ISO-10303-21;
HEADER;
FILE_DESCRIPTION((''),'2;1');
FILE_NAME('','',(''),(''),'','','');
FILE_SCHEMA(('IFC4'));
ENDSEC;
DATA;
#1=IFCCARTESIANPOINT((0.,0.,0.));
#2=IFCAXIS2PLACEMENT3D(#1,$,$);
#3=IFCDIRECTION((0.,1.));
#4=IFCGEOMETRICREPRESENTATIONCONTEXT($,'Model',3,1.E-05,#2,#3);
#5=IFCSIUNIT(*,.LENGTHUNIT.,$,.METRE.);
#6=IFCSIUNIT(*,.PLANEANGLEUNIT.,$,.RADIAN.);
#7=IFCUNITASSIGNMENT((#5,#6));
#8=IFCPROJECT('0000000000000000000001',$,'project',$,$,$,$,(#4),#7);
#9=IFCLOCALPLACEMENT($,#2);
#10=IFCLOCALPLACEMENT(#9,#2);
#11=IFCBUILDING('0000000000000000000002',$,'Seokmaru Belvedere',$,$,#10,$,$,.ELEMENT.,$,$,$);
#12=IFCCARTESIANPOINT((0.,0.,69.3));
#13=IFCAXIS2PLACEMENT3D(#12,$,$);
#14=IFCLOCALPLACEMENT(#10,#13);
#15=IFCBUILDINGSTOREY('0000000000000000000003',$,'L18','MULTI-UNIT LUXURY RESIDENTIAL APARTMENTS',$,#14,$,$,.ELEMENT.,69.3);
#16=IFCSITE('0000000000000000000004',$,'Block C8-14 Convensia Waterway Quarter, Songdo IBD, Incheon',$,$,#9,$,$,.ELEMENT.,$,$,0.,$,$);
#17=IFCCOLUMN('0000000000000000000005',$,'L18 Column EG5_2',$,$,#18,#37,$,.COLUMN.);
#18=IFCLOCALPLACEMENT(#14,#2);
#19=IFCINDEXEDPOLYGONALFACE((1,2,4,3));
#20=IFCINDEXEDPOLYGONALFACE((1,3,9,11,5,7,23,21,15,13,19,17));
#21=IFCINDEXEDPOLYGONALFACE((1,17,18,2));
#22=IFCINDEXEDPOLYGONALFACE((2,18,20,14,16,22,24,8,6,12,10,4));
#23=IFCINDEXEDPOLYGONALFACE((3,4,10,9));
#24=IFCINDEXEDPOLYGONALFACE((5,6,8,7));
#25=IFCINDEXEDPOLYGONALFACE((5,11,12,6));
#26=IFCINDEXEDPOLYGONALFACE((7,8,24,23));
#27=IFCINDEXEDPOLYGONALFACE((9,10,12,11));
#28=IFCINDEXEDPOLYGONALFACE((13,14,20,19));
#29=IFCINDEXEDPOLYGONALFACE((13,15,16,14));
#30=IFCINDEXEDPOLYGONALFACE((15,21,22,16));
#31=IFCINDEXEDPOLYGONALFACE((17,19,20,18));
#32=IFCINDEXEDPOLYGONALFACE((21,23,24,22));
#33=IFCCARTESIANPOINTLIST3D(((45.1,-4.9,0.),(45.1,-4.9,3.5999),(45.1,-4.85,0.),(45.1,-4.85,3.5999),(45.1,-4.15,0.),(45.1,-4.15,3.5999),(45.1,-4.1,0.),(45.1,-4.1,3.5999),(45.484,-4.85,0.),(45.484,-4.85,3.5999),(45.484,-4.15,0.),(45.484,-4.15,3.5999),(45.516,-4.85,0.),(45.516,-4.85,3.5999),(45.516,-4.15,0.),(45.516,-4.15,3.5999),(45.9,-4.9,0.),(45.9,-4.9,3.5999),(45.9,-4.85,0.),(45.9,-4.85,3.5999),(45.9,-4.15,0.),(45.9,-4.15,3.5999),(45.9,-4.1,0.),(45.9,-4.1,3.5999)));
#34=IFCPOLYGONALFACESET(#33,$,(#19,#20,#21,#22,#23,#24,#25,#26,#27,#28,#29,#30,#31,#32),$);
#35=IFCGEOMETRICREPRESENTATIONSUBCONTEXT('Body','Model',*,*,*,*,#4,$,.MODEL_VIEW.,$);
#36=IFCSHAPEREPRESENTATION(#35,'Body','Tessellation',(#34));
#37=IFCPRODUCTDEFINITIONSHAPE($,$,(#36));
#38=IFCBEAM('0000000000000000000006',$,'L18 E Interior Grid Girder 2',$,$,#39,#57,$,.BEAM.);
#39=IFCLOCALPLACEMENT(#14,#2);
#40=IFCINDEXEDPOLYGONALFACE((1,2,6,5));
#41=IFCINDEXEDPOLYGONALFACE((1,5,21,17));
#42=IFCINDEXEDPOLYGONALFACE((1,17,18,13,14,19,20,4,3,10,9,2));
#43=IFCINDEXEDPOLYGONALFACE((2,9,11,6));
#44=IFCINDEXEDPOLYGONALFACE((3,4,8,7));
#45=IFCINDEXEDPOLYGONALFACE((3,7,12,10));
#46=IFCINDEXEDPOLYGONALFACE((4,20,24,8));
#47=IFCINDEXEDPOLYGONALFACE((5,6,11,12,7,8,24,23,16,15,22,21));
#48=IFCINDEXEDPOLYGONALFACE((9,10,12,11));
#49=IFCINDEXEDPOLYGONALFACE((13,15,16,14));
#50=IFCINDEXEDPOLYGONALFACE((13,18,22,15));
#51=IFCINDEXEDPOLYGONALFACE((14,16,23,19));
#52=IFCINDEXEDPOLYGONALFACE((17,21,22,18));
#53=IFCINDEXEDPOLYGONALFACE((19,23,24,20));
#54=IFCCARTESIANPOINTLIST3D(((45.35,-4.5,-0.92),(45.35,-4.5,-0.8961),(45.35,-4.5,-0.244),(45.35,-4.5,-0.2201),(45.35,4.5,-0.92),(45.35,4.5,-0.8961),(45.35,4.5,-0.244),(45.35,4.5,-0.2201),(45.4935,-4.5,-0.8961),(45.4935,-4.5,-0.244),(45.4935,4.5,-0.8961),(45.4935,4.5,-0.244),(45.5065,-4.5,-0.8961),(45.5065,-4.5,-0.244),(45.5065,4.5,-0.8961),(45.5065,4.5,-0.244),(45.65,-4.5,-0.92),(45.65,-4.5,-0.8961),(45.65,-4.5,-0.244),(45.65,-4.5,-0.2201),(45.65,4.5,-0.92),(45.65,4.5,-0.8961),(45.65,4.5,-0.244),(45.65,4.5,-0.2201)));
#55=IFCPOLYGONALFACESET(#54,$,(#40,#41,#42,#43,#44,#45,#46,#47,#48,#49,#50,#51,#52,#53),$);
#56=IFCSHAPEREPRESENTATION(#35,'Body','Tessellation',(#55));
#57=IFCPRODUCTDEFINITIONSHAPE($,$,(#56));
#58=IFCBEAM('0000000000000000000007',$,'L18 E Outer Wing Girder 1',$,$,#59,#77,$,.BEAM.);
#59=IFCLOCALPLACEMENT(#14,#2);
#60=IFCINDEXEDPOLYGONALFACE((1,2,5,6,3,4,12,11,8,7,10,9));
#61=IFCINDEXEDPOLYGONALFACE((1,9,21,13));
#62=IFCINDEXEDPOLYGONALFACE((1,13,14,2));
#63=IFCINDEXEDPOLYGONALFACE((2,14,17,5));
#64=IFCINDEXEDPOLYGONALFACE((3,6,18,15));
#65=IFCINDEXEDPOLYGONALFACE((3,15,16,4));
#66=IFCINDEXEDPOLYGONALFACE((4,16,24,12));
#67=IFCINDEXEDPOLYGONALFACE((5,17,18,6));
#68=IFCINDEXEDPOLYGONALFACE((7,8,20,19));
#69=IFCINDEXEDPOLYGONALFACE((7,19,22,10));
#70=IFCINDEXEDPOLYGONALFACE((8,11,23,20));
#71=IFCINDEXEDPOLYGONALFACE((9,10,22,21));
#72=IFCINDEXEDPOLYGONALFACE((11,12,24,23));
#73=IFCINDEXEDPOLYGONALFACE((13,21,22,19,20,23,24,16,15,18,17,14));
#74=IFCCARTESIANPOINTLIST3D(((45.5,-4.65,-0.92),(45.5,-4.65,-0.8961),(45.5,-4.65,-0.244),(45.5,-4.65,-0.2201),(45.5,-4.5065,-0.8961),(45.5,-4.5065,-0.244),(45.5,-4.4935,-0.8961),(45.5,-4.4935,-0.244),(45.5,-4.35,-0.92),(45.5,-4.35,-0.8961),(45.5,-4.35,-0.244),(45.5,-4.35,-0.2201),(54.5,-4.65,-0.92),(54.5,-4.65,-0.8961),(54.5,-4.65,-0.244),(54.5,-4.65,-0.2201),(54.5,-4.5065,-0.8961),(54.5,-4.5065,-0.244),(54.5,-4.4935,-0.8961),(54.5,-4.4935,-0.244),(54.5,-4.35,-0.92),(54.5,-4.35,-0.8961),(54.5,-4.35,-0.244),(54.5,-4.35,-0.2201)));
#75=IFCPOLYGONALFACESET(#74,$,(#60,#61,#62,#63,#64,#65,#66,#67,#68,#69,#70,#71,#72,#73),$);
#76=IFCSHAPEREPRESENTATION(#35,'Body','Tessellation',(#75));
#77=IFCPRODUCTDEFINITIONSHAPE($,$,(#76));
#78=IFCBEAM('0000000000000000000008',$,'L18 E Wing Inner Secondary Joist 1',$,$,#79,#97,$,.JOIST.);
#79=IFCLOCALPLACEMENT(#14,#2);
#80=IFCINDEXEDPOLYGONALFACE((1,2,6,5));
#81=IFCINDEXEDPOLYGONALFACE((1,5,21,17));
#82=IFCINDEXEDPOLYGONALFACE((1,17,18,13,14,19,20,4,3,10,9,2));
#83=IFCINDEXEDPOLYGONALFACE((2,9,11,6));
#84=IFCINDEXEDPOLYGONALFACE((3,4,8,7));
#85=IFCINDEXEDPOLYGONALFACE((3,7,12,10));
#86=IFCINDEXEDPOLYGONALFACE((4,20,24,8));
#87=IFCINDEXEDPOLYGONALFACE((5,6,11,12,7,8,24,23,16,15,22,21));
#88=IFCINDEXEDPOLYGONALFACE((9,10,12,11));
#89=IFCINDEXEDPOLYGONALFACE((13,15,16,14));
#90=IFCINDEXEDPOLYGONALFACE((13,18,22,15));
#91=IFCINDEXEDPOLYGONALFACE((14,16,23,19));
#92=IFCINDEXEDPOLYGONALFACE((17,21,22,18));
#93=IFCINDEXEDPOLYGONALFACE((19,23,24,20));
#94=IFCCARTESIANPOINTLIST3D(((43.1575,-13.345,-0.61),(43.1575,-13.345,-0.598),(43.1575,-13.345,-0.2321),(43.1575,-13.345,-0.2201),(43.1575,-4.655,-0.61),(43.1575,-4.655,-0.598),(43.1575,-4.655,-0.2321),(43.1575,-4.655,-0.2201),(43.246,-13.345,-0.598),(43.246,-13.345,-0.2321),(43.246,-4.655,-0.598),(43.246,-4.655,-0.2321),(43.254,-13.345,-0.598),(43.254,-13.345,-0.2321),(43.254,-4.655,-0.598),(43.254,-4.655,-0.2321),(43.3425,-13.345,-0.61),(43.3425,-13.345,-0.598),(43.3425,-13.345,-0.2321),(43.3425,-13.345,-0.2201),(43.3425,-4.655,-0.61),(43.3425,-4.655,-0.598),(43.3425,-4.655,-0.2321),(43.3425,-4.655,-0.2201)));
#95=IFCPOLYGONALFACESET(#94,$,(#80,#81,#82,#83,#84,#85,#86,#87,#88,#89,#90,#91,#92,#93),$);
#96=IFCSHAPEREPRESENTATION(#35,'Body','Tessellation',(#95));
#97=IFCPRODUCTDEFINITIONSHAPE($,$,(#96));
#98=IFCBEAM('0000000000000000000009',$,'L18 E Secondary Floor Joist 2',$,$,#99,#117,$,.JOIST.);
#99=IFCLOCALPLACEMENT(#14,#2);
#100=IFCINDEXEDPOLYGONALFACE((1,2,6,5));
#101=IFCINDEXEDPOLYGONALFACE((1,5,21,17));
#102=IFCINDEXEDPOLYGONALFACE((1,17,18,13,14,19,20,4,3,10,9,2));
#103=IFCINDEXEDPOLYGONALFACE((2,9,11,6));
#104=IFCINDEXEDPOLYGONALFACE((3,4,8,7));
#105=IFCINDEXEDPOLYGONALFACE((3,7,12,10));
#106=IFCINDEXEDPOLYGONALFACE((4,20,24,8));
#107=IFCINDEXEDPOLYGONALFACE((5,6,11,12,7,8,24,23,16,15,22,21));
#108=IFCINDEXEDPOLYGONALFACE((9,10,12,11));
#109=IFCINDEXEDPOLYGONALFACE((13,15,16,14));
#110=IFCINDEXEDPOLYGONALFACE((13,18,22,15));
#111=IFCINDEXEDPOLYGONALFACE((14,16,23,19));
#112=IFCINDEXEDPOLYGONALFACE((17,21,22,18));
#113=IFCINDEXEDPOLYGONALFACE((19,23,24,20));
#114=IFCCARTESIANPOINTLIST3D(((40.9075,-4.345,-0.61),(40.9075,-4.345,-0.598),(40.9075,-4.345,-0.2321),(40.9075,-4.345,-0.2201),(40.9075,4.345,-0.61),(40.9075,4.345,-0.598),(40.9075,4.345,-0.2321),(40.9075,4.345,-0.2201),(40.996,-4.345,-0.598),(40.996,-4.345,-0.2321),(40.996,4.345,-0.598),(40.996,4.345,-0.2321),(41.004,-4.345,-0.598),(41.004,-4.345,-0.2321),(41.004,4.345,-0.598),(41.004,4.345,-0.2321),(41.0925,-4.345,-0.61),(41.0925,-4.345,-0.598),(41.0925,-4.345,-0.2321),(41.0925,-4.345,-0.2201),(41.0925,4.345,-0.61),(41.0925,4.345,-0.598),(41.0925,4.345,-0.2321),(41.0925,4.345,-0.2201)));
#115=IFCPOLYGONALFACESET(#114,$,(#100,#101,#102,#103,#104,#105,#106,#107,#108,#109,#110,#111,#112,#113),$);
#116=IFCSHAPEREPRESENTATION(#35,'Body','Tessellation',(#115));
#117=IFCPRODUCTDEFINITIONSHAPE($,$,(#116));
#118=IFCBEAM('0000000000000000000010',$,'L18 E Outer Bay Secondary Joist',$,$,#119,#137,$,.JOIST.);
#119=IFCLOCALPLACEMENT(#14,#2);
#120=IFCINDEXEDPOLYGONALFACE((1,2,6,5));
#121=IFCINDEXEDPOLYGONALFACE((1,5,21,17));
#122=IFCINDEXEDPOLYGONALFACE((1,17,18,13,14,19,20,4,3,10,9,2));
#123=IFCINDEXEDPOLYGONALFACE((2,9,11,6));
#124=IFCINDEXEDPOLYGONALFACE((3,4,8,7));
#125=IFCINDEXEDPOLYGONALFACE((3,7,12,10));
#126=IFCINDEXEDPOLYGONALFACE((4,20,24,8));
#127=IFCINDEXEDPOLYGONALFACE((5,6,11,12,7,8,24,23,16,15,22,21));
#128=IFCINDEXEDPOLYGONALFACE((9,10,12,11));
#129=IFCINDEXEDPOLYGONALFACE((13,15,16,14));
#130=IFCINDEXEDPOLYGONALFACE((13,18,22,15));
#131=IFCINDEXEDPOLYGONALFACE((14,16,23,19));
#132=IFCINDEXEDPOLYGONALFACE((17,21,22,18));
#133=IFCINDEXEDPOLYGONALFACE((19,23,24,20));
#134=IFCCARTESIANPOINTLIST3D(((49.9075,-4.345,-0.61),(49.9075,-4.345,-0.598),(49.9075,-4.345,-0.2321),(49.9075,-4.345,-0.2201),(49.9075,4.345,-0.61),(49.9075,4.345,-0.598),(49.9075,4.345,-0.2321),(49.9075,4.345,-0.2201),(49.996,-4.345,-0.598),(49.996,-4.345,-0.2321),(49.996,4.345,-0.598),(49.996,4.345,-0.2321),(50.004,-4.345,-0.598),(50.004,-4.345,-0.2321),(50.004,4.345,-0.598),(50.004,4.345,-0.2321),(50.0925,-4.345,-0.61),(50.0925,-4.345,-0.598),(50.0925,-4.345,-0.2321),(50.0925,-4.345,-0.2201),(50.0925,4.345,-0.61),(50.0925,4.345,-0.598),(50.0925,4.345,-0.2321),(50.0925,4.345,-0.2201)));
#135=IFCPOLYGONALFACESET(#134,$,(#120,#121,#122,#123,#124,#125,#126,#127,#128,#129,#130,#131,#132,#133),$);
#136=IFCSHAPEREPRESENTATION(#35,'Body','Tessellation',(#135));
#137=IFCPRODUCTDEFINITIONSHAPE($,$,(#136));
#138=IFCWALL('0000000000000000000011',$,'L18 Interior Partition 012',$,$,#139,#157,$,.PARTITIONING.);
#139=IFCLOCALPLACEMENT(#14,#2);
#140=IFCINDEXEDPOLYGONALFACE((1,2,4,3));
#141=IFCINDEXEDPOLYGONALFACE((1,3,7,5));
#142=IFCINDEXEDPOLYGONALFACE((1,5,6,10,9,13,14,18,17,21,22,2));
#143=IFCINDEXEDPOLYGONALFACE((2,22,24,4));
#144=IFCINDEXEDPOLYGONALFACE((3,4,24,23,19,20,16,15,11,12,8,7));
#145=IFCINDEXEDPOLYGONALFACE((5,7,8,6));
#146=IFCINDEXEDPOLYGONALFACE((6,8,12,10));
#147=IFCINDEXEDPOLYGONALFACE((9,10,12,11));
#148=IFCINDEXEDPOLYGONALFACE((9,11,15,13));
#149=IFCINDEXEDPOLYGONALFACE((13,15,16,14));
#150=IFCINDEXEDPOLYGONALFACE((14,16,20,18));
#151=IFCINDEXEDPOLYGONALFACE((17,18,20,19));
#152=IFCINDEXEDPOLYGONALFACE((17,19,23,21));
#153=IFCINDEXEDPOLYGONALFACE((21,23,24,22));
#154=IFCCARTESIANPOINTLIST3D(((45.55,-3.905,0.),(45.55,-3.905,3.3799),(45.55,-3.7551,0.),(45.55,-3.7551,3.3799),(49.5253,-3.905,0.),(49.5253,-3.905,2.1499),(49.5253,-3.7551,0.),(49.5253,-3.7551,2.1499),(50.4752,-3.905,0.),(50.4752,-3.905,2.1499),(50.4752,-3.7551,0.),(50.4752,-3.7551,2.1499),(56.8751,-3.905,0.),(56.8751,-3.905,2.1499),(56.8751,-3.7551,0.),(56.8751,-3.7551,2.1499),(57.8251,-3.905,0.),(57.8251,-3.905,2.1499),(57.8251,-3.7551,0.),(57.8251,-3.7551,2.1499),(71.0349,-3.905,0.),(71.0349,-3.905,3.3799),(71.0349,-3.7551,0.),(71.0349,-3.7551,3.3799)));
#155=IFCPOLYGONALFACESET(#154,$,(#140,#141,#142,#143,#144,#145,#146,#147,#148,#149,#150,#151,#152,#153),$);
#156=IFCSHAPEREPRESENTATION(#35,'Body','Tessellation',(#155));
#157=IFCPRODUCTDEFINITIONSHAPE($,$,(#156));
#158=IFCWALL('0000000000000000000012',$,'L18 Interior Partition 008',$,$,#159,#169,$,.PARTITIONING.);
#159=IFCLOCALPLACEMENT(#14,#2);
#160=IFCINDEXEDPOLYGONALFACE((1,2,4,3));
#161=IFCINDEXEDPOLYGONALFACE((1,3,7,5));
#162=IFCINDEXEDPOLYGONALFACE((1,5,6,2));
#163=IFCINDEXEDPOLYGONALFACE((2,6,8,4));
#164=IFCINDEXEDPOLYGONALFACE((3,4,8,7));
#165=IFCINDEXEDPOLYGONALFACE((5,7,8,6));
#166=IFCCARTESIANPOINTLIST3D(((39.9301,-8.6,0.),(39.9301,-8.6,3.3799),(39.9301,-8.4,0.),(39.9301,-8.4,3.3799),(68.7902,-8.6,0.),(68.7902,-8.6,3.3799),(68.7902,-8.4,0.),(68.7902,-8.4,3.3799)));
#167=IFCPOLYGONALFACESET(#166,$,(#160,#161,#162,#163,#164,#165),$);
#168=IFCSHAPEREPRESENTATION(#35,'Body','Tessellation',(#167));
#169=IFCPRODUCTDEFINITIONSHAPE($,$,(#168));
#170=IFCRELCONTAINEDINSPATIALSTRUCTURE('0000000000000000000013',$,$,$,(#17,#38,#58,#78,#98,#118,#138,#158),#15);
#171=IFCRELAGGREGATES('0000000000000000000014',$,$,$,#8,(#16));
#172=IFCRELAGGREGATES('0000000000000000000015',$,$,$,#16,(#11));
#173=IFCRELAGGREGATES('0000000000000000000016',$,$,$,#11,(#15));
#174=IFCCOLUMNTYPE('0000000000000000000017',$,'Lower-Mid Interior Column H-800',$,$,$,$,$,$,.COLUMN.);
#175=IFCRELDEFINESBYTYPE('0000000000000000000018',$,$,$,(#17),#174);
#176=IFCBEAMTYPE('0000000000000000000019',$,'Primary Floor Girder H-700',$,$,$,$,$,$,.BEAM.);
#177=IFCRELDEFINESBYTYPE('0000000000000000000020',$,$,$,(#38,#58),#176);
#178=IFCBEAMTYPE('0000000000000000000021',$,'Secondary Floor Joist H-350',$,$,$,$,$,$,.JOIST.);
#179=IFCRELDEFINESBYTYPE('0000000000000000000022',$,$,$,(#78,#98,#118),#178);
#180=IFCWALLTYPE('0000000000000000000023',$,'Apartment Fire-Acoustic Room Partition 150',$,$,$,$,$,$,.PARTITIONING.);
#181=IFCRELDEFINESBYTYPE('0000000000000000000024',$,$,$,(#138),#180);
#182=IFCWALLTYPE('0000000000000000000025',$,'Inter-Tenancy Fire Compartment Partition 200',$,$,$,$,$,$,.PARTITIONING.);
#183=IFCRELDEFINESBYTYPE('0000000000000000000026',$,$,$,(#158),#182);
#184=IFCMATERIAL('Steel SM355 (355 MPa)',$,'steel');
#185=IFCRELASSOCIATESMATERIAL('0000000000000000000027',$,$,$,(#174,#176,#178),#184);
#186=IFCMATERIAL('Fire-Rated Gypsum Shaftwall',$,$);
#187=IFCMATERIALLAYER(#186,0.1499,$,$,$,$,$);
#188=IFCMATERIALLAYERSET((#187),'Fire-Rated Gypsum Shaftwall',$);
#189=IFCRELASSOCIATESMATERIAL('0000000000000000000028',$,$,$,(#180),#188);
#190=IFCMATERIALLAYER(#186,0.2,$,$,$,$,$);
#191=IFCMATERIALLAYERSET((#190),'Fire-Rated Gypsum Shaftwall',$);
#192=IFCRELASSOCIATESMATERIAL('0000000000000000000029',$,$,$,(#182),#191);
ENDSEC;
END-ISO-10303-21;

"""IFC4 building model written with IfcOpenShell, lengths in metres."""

from ifc_helpers import new_model, si_unit, direction, frame, frame_2d, origin, origin_2d, place, context, subcontext, project, spatial, rectangle, i_section, extrude, source, transform, mapped, material, layer, layer_set, material_profile, profile_set, type_object, type_shapes, element, save


model = new_model("IFC4")

# Units and contexts
model_context = context("Model", 3, precision=1e-05, world=origin(), true_north=direction((0.0, 1.0)))
body_context = subcontext(model_context, "Body", "Model", "MODEL_VIEW")
ifc_project = project(units=[si_unit("LENGTHUNIT", "METRE"), si_unit("PLANEANGLEUNIT", "RADIAN")], contexts=[model_context])

# Site, building, storey
site_placement = place(None, origin())
site = spatial("IfcSite", under=ifc_project, at=site_placement, Name="Block C8-14 Convensia Waterway Quarter, Songdo IBD, Incheon", CompositionType="ELEMENT", RefElevation=0.0)
building_placement = place(site_placement, origin())
building = spatial("IfcBuilding", under=site, at=building_placement, Name="Seokmaru Belvedere", CompositionType="ELEMENT")
storey_placement = place(building_placement, frame((0.0, 0.0, 69.3)))
storey = spatial("IfcBuildingStorey", under=building, at=storey_placement, Name="L18", Description="MULTI-UNIT LUXURY RESIDENTIAL APARTMENTS", CompositionType="ELEMENT", Elevation=69.3)

# Column
ifc_material_1 = material(Name="Steel SM355 (355 MPa)", Category="steel")
ifc_material_profile_1 = material_profile(ifc_material_1, i_section(OverallWidth=0.8, OverallDepth=0.8, WebThickness=0.032, FlangeThickness=0.05, at=origin_2d()), Name="H-800x800x32x50")
ifc_profile_set_1 = profile_set([ifc_material_profile_1], Name="Steel SM355 (355 MPa)")
column_type = type_object("IfcColumnType", Name="Lower-Mid Interior Column H-800", PredefinedType="COLUMN", material=ifc_profile_set_1)
shared_shape_1 = source(origin(), body_context, "Body", "SweptSolid", [
    extrude(i_section(OverallWidth=0.8, OverallDepth=0.8, WebThickness=0.032, FlangeThickness=0.05, at=origin_2d()), origin(), (0.0, 0.0, 1.0), 3.5999),
])
type_shapes(column_type, [shared_shape_1])
column_placement = place(storey_placement, frame((45.5, -4.5, 0.0), z_axis=(0.0, 0.0, 1.0), x_axis=(1.0, 0.0, 0.0)))
element("IfcColumn", 1, at=column_placement, inside=storey, type_object=column_type, Name="L18 Column EG5_2", PredefinedType="COLUMN", context=body_context, shape_type="MappedRepresentation", body=[
    mapped(shared_shape_1, transform((0.0, 0.0, 0.0), scale=1.0)),
])

# Beams
ifc_material_profile_2 = material_profile(ifc_material_1, i_section(OverallWidth=0.3, OverallDepth=0.7, WebThickness=0.0129, FlangeThickness=0.0239, at=origin_2d()), Name="H-700x300x13x24")
ifc_profile_set_2 = profile_set([ifc_material_profile_2], Name="Steel SM355 (355 MPa)")
beam_type_1 = type_object("IfcBeamType", Name="Primary Floor Girder H-700", PredefinedType="BEAM", material=ifc_profile_set_2)
shared_shape_2 = source(origin(), body_context, "Body", "SweptSolid", [
    extrude(i_section(OverallWidth=0.3, OverallDepth=0.7, WebThickness=0.0129, FlangeThickness=0.0239, at=origin_2d()), origin(), (0.0, 0.0, 1.0), 9.0),
])
type_shapes(beam_type_1, [shared_shape_2])
for number, where, z_axis, x_axis, name in (
    (2, (45.5, -4.5, -0.5701), (0.0, 1.0, 0.0), (-1.0, 0.0, 0.0), "L18 E Interior Grid Girder 2"),
    (3, (45.5, -4.5, -0.5701), (1.0, 0.0, 0.0), (0.0, 1.0, 0.0), "L18 E Outer Wing Girder 1"),
):
    element("IfcBeam", number, at=place(storey_placement, frame(where, z_axis=z_axis, x_axis=x_axis)), inside=storey, type_object=beam_type_1, Name=name, PredefinedType="BEAM", context=body_context, shape_type="MappedRepresentation", body=[
        mapped(shared_shape_2, transform((0.0, 0.0, 0.0), scale=1.0)),
    ])
ifc_material_profile_3 = material_profile(ifc_material_1, i_section(OverallWidth=0.1851, OverallDepth=0.3899, WebThickness=0.0081, FlangeThickness=0.012, at=origin_2d()), Name="H-390x185x8x12")
ifc_profile_set_3 = profile_set([ifc_material_profile_3], Name="Steel SM355 (355 MPa)")
beam_type_2 = type_object("IfcBeamType", Name="Secondary Floor Joist H-350", PredefinedType="JOIST", material=ifc_profile_set_3)
shared_shape_3 = source(origin(), body_context, "Body", "SweptSolid", [
    extrude(i_section(OverallWidth=0.1851, OverallDepth=0.3899, WebThickness=0.0081, FlangeThickness=0.012, at=origin_2d()), origin(), (0.0, 0.0, 1.0), 8.6899),
])
type_shapes(beam_type_2, [shared_shape_3])
for number, where, z_axis, x_axis, name in (
    (4, (43.25, -13.345, -0.415), (0.0, 1.0, 0.0), (-1.0, 0.0, 0.0), "L18 E Wing Inner Secondary Joist 1"),
    (5, (41.0, -4.345, -0.415), (0.0, 1.0, 0.0), (-1.0, 0.0, 0.0), "L18 E Secondary Floor Joist 2"),
    (6, (50.0, -4.345, -0.415), (0.0, 1.0, 0.0), (-1.0, 0.0, 0.0), "L18 E Outer Bay Secondary Joist"),
):
    element("IfcBeam", number, at=place(storey_placement, frame(where, z_axis=z_axis, x_axis=x_axis)), inside=storey, type_object=beam_type_2, Name=name, PredefinedType="JOIST", context=body_context, shape_type="MappedRepresentation", body=[
        mapped(shared_shape_3, transform((0.0, 0.0, 0.0), scale=1.0)),
    ])

# Wall, openings
ifc_material_2 = material(Name="Fire-Rated Gypsum Shaftwall")
ifc_layer_1 = layer(ifc_material_2, 0.1499)
ifc_layer_set_1 = layer_set([ifc_layer_1], Name="Fire-Rated Gypsum Shaftwall")
wall_type_1 = type_object("IfcWallType", Name="Apartment Fire-Acoustic Room Partition 150", PredefinedType="PARTITIONING", material=ifc_layer_set_1)
wall_1_placement = place(storey_placement, frame((45.55, -3.8301, 0.0), z_axis=(0.0, 0.0, 1.0), x_axis=(1.0, 0.0, 0.0)))
wall_1 = element("IfcWall", 7, at=wall_1_placement, inside=storey, type_object=wall_type_1, Name="L18 Interior Partition 012", PredefinedType="PARTITIONING", context=body_context, shape_type="SweptSolid", body=[
    extrude(rectangle(XDim=25.4849, YDim=0.1499, at=frame_2d((12.7424, 0.0))), origin(), (0.0, 0.0, 1.0), 3.3799),
])
opening_1_placement = place(wall_1_placement, frame((3.9751, 0.0, 0.0)))
element("IfcOpeningElement", 8, at=opening_1_placement, cuts=wall_1, PredefinedType="OPENING", context=body_context, shape_type="SweptSolid", body=[
    extrude(rectangle(XDim=0.95, YDim=2.1499, at=frame_2d((0.4751, 1.075))), frame((0.0, 0.085, 0.0), z_axis=(0.0, -1.0, 0.0), x_axis=(1.0, 0.0, 0.0)), (0.0, 0.0, 1.0), 0.1699),
])
opening_2_placement = place(wall_1_placement, frame((11.325, 0.0, 0.0)))
element("IfcOpeningElement", 9, at=opening_2_placement, cuts=wall_1, PredefinedType="OPENING", context=body_context, shape_type="SweptSolid", body=[
    extrude(rectangle(XDim=0.95, YDim=2.1499, at=frame_2d((0.4751, 1.075))), frame((0.0, 0.085, 0.0), z_axis=(0.0, -1.0, 0.0), x_axis=(1.0, 0.0, 0.0)), (0.0, 0.0, 1.0), 0.1699),
])

# Wall
ifc_layer_2 = layer(ifc_material_2, 0.2)
ifc_layer_set_2 = layer_set([ifc_layer_2], Name="Fire-Rated Gypsum Shaftwall")
wall_type_2 = type_object("IfcWallType", Name="Inter-Tenancy Fire Compartment Partition 200", PredefinedType="PARTITIONING", material=ifc_layer_set_2)
wall_2_placement = place(storey_placement, frame((39.9299, -8.5, 0.0), z_axis=(0.0, 0.0, 1.0), x_axis=(1.0, 0.0, 0.0)))
element("IfcWall", 10, at=wall_2_placement, inside=storey, type_object=wall_type_2, Name="L18 Interior Partition 008", PredefinedType="PARTITIONING", context=body_context, shape_type="SweptSolid", body=[
    extrude(rectangle(XDim=28.8601, YDim=0.2, at=frame_2d((14.4302, 0.0))), origin(), (0.0, 0.0, 1.0), 3.3799),
])

save(model, "model.ifc")
